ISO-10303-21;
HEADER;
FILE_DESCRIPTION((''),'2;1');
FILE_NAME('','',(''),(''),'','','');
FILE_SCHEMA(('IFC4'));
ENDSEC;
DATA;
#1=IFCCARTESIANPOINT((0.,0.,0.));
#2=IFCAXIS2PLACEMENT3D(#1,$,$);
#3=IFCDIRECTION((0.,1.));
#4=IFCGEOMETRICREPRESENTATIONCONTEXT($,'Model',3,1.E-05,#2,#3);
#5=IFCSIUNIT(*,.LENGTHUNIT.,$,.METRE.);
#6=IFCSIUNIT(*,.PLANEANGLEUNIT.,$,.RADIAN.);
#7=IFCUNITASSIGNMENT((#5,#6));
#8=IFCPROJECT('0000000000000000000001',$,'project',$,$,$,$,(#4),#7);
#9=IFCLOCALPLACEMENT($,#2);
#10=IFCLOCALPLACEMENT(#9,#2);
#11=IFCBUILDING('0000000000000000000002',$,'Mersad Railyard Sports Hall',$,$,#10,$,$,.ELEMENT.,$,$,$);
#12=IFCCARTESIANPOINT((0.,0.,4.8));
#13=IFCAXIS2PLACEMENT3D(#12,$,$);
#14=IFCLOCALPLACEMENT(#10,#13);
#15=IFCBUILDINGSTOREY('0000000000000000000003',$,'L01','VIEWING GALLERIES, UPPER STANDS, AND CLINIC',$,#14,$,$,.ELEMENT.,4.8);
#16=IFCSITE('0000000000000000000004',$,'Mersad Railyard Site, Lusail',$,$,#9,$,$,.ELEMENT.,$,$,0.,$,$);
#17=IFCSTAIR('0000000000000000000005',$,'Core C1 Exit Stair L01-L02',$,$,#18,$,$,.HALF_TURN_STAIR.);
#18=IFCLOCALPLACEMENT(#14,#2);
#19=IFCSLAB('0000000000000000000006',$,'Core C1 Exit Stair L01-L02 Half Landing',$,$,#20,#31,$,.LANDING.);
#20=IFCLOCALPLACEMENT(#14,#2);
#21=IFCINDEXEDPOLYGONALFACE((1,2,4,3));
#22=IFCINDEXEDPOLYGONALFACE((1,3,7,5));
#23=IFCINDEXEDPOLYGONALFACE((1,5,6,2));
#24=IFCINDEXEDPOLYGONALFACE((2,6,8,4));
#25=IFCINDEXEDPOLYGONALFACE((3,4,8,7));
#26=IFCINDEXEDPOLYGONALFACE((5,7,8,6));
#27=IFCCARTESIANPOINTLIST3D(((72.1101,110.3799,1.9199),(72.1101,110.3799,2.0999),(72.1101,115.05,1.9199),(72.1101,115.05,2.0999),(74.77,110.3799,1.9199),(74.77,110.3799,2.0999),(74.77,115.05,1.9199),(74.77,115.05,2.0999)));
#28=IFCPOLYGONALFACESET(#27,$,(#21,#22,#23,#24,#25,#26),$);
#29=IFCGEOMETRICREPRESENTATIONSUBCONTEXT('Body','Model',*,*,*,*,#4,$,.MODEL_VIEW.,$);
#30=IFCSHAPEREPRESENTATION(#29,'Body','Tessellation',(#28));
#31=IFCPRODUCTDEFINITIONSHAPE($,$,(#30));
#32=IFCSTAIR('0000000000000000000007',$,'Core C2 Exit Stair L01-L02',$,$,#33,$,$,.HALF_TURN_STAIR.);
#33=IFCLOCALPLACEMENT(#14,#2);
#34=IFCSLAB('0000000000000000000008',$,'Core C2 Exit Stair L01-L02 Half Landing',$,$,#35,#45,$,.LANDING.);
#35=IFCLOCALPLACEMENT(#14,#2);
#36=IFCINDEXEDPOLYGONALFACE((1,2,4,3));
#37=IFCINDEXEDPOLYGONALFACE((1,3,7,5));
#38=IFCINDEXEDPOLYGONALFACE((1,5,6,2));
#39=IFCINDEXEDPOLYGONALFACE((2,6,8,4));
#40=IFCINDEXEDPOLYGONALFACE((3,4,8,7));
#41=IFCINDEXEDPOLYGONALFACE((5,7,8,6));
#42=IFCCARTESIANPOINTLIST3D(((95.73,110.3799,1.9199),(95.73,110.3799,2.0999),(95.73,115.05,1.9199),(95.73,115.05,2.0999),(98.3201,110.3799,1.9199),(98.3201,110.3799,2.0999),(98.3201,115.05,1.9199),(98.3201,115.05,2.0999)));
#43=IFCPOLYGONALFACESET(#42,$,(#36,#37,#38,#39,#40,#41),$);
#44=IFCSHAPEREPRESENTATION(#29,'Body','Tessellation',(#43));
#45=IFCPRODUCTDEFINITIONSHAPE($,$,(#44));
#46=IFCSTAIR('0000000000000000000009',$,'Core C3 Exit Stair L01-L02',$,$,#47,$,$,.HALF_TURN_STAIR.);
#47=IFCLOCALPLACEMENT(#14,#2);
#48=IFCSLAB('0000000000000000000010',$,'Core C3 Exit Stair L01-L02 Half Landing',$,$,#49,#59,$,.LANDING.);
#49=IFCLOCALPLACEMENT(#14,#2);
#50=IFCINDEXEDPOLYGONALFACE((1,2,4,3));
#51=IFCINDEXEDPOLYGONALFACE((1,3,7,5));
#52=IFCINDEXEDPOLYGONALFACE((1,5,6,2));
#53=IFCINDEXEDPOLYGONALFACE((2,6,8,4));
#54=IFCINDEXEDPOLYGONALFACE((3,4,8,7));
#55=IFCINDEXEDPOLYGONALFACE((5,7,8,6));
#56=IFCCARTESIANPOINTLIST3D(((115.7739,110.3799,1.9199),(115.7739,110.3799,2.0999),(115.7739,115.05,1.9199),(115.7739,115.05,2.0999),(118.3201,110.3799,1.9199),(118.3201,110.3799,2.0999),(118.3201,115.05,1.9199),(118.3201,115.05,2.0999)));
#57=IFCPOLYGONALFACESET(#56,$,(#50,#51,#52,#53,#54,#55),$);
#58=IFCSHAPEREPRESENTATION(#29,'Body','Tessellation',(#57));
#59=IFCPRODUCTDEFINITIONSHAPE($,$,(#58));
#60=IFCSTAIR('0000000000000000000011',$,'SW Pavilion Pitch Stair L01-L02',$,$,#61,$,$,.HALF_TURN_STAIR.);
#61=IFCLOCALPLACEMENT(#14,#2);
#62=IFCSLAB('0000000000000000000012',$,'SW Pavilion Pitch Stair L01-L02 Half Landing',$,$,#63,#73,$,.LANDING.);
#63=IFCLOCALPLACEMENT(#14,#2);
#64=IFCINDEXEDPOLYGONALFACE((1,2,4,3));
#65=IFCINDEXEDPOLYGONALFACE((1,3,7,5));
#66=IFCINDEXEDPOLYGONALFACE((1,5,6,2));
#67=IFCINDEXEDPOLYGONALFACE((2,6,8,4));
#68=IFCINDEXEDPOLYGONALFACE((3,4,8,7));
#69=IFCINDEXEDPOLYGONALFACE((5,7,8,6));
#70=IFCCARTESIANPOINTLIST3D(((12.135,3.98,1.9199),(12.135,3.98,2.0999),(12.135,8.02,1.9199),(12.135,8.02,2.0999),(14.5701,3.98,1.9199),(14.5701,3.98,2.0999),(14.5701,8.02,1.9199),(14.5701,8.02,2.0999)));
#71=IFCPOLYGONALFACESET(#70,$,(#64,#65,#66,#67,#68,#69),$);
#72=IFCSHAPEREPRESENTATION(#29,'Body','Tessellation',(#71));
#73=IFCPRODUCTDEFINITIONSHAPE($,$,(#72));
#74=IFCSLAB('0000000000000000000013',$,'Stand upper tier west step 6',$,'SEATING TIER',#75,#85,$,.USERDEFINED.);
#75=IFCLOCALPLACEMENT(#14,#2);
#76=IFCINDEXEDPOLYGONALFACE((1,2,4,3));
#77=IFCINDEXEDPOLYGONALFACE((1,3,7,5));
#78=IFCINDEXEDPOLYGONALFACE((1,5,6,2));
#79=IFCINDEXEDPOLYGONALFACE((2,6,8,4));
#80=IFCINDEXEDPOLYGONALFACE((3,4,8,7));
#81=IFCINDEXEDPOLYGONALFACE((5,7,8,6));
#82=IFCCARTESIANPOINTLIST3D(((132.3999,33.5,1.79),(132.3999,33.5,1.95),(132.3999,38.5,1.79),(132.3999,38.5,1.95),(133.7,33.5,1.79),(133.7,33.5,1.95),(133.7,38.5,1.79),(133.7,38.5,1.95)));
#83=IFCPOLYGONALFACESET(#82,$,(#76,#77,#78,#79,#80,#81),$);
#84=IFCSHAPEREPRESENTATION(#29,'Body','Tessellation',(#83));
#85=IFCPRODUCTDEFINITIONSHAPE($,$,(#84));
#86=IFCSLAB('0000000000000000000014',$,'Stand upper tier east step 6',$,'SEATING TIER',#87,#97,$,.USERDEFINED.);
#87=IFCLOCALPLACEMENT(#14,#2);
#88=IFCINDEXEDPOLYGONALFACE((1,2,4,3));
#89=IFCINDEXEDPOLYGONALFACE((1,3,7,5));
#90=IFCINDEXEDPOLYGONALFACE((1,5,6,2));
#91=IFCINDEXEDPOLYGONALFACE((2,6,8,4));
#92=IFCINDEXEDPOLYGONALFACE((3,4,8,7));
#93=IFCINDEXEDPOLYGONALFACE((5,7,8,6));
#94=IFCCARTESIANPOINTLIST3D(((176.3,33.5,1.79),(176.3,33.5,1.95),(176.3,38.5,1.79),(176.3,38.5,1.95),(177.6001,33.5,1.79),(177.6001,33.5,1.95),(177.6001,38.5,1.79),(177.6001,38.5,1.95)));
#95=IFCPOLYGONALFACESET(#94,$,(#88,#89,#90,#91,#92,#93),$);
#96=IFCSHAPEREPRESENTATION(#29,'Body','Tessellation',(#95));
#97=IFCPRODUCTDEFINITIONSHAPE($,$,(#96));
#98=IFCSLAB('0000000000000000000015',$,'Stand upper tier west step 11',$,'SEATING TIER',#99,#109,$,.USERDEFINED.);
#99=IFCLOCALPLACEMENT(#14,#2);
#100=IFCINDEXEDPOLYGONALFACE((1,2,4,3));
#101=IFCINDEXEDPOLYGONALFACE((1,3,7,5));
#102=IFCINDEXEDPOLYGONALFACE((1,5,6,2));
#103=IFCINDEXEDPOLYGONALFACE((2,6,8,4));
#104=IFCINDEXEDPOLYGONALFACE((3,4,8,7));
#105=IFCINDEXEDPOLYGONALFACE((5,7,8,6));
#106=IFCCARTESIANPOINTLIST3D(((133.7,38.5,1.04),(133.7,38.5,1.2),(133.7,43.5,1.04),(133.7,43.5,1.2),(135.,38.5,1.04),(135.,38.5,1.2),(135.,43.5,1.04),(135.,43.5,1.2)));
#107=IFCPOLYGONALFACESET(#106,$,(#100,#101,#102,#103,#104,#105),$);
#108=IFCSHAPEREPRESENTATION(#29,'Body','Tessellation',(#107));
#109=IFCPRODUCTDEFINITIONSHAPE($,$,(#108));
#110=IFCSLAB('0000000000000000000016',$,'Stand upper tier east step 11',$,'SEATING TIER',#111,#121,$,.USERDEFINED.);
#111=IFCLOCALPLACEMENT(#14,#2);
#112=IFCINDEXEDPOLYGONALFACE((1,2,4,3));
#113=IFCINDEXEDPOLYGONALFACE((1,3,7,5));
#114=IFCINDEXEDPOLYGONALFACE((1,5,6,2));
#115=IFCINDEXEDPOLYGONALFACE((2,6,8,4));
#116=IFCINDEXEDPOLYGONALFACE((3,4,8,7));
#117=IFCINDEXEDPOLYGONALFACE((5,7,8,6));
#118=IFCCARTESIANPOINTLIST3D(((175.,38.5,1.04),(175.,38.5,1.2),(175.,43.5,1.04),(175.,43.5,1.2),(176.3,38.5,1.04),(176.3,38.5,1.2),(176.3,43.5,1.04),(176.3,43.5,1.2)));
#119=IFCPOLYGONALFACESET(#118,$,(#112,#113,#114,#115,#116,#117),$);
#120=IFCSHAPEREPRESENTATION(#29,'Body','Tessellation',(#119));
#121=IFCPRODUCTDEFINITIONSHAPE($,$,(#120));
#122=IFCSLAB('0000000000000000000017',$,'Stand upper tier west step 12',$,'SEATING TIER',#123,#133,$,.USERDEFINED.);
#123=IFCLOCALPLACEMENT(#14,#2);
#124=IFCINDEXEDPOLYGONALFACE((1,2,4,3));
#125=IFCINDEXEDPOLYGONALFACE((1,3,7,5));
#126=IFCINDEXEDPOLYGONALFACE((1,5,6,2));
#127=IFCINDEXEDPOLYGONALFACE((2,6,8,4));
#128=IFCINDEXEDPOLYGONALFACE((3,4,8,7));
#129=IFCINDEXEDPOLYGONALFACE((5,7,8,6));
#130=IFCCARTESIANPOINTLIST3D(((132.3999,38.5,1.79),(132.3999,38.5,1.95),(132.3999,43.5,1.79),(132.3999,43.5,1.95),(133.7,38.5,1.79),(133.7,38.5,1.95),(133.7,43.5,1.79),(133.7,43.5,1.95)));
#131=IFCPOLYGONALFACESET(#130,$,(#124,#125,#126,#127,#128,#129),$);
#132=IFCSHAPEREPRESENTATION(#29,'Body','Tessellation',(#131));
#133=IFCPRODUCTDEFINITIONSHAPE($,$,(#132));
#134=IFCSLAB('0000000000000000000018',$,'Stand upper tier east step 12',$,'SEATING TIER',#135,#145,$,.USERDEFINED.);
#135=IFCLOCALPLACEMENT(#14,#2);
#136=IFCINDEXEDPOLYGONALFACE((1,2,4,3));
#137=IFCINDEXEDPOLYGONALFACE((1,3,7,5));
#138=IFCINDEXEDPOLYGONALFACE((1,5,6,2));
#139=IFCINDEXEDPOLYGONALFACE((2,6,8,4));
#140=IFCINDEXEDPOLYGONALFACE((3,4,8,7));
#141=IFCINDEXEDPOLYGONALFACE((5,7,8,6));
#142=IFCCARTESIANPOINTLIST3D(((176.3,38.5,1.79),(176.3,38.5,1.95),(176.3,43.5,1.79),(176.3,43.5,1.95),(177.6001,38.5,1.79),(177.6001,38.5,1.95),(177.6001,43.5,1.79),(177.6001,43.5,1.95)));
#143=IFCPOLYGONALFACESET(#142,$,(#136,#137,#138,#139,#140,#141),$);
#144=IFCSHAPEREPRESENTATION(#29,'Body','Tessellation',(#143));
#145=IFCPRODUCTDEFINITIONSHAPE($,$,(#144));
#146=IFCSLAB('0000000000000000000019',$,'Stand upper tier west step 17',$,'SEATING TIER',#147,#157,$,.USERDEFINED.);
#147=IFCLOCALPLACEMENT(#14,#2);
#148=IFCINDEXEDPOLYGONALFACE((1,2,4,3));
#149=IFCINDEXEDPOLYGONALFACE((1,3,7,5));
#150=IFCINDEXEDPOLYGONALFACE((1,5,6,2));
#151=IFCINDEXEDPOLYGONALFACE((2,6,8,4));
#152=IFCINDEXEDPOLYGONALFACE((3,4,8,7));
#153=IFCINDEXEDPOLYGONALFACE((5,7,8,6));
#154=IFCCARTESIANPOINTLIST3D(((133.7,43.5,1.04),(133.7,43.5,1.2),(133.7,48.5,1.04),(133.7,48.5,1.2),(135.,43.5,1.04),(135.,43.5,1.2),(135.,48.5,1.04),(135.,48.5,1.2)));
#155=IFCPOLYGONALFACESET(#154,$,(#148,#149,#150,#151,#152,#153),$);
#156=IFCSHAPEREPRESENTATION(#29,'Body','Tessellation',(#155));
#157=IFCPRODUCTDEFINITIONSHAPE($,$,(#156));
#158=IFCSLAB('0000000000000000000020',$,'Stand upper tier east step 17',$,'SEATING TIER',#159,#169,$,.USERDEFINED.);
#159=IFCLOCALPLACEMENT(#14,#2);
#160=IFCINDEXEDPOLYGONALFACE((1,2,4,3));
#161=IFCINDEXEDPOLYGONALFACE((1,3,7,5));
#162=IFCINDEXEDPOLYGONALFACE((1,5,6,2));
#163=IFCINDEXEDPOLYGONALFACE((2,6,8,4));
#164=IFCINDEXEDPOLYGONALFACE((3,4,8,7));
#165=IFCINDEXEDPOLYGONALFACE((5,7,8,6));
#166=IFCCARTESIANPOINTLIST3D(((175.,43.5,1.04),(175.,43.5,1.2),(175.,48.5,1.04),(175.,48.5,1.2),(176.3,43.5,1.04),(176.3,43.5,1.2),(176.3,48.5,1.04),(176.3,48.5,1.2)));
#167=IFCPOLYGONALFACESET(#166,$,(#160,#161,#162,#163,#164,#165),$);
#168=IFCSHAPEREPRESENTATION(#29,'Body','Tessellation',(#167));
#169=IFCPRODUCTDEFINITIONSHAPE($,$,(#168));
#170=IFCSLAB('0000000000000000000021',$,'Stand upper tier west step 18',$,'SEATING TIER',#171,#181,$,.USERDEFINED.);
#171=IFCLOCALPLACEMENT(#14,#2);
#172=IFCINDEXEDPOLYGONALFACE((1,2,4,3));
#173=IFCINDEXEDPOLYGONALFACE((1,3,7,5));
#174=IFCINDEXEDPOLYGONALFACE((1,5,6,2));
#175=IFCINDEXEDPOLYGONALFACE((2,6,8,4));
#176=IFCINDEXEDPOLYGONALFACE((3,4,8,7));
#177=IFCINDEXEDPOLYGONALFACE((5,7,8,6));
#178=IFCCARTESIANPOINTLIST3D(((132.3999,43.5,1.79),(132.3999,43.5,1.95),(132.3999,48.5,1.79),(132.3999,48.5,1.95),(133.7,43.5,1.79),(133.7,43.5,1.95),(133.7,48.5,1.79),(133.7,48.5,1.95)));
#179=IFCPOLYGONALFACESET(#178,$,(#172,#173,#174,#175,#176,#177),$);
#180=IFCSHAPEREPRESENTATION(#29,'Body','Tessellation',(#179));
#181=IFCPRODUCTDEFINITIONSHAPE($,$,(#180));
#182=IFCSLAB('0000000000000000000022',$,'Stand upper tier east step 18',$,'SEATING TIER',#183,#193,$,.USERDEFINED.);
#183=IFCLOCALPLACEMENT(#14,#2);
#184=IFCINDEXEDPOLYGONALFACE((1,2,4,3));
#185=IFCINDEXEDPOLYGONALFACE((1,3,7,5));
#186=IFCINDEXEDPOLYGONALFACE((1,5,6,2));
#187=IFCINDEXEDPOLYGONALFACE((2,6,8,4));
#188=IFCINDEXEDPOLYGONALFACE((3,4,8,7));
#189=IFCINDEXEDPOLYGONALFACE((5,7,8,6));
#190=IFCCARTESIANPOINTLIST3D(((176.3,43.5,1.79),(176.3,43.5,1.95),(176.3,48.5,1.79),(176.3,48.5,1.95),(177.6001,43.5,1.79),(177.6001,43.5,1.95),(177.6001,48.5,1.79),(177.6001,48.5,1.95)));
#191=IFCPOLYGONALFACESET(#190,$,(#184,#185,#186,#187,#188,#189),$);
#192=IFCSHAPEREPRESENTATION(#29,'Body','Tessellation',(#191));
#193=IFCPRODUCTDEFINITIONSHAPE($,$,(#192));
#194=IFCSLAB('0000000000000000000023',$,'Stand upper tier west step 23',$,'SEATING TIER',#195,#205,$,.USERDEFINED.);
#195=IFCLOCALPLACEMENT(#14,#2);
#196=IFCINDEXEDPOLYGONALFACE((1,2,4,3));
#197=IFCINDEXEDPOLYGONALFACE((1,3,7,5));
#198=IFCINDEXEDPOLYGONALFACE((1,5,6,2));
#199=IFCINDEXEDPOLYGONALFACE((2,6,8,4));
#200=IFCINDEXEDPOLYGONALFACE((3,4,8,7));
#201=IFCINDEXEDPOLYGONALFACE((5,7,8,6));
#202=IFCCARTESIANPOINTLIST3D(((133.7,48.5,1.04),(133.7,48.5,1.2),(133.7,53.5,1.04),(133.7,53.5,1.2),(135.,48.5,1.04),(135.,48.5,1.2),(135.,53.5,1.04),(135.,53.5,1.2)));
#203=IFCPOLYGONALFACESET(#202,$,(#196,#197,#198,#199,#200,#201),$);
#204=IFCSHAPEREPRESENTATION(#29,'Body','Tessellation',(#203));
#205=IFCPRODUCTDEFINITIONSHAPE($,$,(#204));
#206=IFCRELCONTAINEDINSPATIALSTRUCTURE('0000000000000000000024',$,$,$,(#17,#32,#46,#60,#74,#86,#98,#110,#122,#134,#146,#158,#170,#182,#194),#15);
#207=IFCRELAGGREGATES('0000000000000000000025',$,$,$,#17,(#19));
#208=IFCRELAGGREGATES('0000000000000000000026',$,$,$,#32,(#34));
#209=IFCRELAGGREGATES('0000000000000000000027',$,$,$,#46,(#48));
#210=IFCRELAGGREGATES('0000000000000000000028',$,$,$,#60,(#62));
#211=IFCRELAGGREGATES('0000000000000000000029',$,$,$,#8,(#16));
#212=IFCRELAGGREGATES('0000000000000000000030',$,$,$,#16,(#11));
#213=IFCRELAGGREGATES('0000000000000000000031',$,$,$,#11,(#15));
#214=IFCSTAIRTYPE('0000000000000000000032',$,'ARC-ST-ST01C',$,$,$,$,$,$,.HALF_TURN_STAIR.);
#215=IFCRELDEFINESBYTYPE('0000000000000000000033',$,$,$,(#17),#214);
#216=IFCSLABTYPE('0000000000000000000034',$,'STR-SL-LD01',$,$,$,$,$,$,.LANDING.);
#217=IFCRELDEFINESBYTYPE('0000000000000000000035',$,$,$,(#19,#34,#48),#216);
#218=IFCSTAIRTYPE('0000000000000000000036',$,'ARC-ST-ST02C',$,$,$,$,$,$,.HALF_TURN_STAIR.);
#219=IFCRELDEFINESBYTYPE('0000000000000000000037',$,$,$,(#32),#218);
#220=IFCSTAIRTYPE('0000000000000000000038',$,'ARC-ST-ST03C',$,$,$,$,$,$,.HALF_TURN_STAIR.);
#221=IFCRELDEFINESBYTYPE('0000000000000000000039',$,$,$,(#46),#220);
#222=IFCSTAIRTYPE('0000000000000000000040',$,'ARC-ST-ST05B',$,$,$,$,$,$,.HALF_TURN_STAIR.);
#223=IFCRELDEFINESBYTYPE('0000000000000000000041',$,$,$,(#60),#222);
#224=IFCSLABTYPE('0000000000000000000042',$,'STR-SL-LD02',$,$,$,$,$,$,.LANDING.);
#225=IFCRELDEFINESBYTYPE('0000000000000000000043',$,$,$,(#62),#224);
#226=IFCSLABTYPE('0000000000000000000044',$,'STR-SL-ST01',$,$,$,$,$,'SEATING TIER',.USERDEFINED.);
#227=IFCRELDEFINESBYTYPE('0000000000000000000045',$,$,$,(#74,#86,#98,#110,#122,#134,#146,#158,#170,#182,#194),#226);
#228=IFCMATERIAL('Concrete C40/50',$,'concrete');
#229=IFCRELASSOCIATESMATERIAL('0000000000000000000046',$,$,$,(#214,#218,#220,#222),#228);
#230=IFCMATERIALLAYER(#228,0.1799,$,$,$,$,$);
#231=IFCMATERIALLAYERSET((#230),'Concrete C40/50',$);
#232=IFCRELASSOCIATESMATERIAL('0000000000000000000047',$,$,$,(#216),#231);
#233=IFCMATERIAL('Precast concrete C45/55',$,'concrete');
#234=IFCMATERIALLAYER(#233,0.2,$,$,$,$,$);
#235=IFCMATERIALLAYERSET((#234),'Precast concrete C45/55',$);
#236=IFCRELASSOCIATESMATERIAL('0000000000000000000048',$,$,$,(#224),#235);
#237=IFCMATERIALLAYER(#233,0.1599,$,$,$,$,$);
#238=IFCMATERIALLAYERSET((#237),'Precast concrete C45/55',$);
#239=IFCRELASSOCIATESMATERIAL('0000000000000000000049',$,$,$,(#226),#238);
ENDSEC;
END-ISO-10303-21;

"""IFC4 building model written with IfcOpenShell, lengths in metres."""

from ifc_helpers import new_model, si_unit, direction, frame, origin, place, context, subcontext, project, spatial, polyline, outline, extrude, material, layer, layer_set, type_object, element, aggregate, save


model = new_model("IFC4")

# Units and contexts
model_context = context("Model", 3, precision=1e-05, world=origin(), true_north=direction((0.0, 1.0)))
body_context = subcontext(model_context, "Body", "Model", "MODEL_VIEW")
ifc_project = project(units=[si_unit("LENGTHUNIT", "METRE"), si_unit("PLANEANGLEUNIT", "RADIAN")], contexts=[model_context])

# Site, building, storey
site_placement = place(None, origin())
site = spatial("IfcSite", under=ifc_project, at=site_placement, Name="Mersad Railyard Site, Lusail", CompositionType="ELEMENT", RefElevation=0.0)
building_placement = place(site_placement, origin())
building = spatial("IfcBuilding", under=site, at=building_placement, Name="Mersad Railyard Sports Hall", CompositionType="ELEMENT")
storey_placement = place(building_placement, frame((0.0, 0.0, 4.8)))
storey = spatial("IfcBuildingStorey", under=building, at=storey_placement, Name="L01", Description="VIEWING GALLERIES, UPPER STANDS, AND CLINIC", CompositionType="ELEMENT", Elevation=4.8)

# Stairs, slabs
ifc_material_1 = material(Name="Concrete C40/50", Category="concrete")
stair_type_1 = type_object("IfcStairType", Name="ARC-ST-ST01C", PredefinedType="HALF_TURN_STAIR", material=ifc_material_1)
stair_1_placement = place(storey_placement, origin())
stair_1 = element("IfcStair", 1, at=stair_1_placement, inside=storey, type_object=stair_type_1, Name="Core C1 Exit Stair L01-L02", PredefinedType="HALF_TURN_STAIR")
ifc_layer_1 = layer(ifc_material_1, 0.1799)
ifc_layer_set_1 = layer_set([ifc_layer_1], Name="Concrete C40/50")
slab_type_1 = type_object("IfcSlabType", Name="STR-SL-LD01", PredefinedType="LANDING", material=ifc_layer_set_1)
slab_1_placement = place(storey_placement, frame((0.0, 0.0, 1.9199)))
slab_1 = element("IfcSlab", 2, at=slab_1_placement, type_object=slab_type_1, Name="Core C1 Exit Stair L01-L02 Half Landing", PredefinedType="LANDING", context=body_context, shape_type="SweptSolid", body=[
    extrude(outline(polyline([(72.1101, 110.3799), (74.77, 110.3799), (74.77, 115.05), (72.1101, 115.05), (72.1101, 110.3799)])), origin(), (0.0, 0.0, 1.0), 0.1799),
])
aggregate(stair_1, [slab_1])
stair_type_2 = type_object("IfcStairType", Name="ARC-ST-ST02C", PredefinedType="HALF_TURN_STAIR", material=ifc_material_1)
stair_2_placement = place(storey_placement, origin())
stair_2 = element("IfcStair", 3, at=stair_2_placement, inside=storey, type_object=stair_type_2, Name="Core C2 Exit Stair L01-L02", PredefinedType="HALF_TURN_STAIR")
slab_2_placement = place(storey_placement, frame((0.0, 0.0, 1.9199)))
slab_2 = element("IfcSlab", 4, at=slab_2_placement, type_object=slab_type_1, Name="Core C2 Exit Stair L01-L02 Half Landing", PredefinedType="LANDING", context=body_context, shape_type="SweptSolid", body=[
    extrude(outline(polyline([(95.73, 110.3799), (98.3201, 110.3799), (98.3201, 115.05), (95.73, 115.05), (95.73, 110.3799)])), origin(), (0.0, 0.0, 1.0), 0.1799),
])
aggregate(stair_2, [slab_2])
stair_type_3 = type_object("IfcStairType", Name="ARC-ST-ST03C", PredefinedType="HALF_TURN_STAIR", material=ifc_material_1)
stair_3_placement = place(storey_placement, origin())
stair_3 = element("IfcStair", 5, at=stair_3_placement, inside=storey, type_object=stair_type_3, Name="Core C3 Exit Stair L01-L02", PredefinedType="HALF_TURN_STAIR")
slab_3_placement = place(storey_placement, frame((0.0, 0.0, 1.9199)))
slab_3 = element("IfcSlab", 6, at=slab_3_placement, type_object=slab_type_1, Name="Core C3 Exit Stair L01-L02 Half Landing", PredefinedType="LANDING", context=body_context, shape_type="SweptSolid", body=[
    extrude(outline(polyline([(115.7739, 110.3799), (118.3201, 110.3799), (118.3201, 115.05), (115.7739, 115.05), (115.7739, 110.3799)])), origin(), (0.0, 0.0, 1.0), 0.1799),
])
aggregate(stair_3, [slab_3])
stair_type_4 = type_object("IfcStairType", Name="ARC-ST-ST05B", PredefinedType="HALF_TURN_STAIR", material=ifc_material_1)
stair_4_placement = place(storey_placement, origin())
stair_4 = element("IfcStair", 7, at=stair_4_placement, inside=storey, type_object=stair_type_4, Name="SW Pavilion Pitch Stair L01-L02", PredefinedType="HALF_TURN_STAIR")
ifc_material_2 = material(Name="Precast concrete C45/55", Category="concrete")
ifc_layer_2 = layer(ifc_material_2, 0.2)
ifc_layer_set_2 = layer_set([ifc_layer_2], Name="Precast concrete C45/55")
slab_type_2 = type_object("IfcSlabType", Name="STR-SL-LD02", PredefinedType="LANDING", material=ifc_layer_set_2)
slab_4_placement = place(storey_placement, frame((0.0, 0.0, 1.9199)))
slab_4 = element("IfcSlab", 8, at=slab_4_placement, type_object=slab_type_2, Name="SW Pavilion Pitch Stair L01-L02 Half Landing", PredefinedType="LANDING", context=body_context, shape_type="SweptSolid", body=[
    extrude(outline(polyline([(12.135, 3.98), (14.5701, 3.98), (14.5701, 8.02), (12.135, 8.02), (12.135, 3.98)])), origin(), (0.0, 0.0, 1.0), 0.1799),
])
aggregate(stair_4, [slab_4])

# Slabs
ifc_layer_3 = layer(ifc_material_2, 0.1599)
ifc_layer_set_3 = layer_set([ifc_layer_3], Name="Precast concrete C45/55")
slab_type_3 = type_object("IfcSlabType", Name="STR-SL-ST01", ElementType="SEATING TIER", PredefinedType="USERDEFINED", material=ifc_layer_set_3)
slab_5_placement = place(storey_placement, frame((0.0, 0.0, 1.79)))
element("IfcSlab", 9, at=slab_5_placement, inside=storey, type_object=slab_type_3, Name="Stand upper tier west step 6", ObjectType="SEATING TIER", PredefinedType="USERDEFINED", context=body_context, shape_type="SweptSolid", body=[
    extrude(outline(polyline([(132.3999, 33.5), (133.7, 33.5), (133.7, 38.5), (132.3999, 38.5), (132.3999, 33.5)])), origin(), (0.0, 0.0, 1.0), 0.1599),
])
slab_6_placement = place(storey_placement, frame((0.0, 0.0, 1.79)))
element("IfcSlab", 10, at=slab_6_placement, inside=storey, type_object=slab_type_3, Name="Stand upper tier east step 6", ObjectType="SEATING TIER", PredefinedType="USERDEFINED", context=body_context, shape_type="SweptSolid", body=[
    extrude(outline(polyline([(176.3, 33.5), (177.6001, 33.5), (177.6001, 38.5), (176.3, 38.5), (176.3, 33.5)])), origin(), (0.0, 0.0, 1.0), 0.1599),
])
slab_7_placement = place(storey_placement, frame((0.0, 0.0, 1.04)))
element("IfcSlab", 11, at=slab_7_placement, inside=storey, type_object=slab_type_3, Name="Stand upper tier west step 11", ObjectType="SEATING TIER", PredefinedType="USERDEFINED", context=body_context, shape_type="SweptSolid", body=[
    extrude(outline(polyline([(133.7, 38.5), (135.0, 38.5), (135.0, 43.5), (133.7, 43.5), (133.7, 38.5)])), origin(), (0.0, 0.0, 1.0), 0.1599),
])
slab_8_placement = place(storey_placement, frame((0.0, 0.0, 1.04)))
element("IfcSlab", 12, at=slab_8_placement, inside=storey, type_object=slab_type_3, Name="Stand upper tier east step 11", ObjectType="SEATING TIER", PredefinedType="USERDEFINED", context=body_context, shape_type="SweptSolid", body=[
    extrude(outline(polyline([(175.0, 38.5), (176.3, 38.5), (176.3, 43.5), (175.0, 43.5), (175.0, 38.5)])), origin(), (0.0, 0.0, 1.0), 0.1599),
])
slab_9_placement = place(storey_placement, frame((0.0, 0.0, 1.79)))
element("IfcSlab", 13, at=slab_9_placement, inside=storey, type_object=slab_type_3, Name="Stand upper tier west step 12", ObjectType="SEATING TIER", PredefinedType="USERDEFINED", context=body_context, shape_type="SweptSolid", body=[
    extrude(outline(polyline([(132.3999, 38.5), (133.7, 38.5), (133.7, 43.5), (132.3999, 43.5), (132.3999, 38.5)])), origin(), (0.0, 0.0, 1.0), 0.1599),
])
slab_10_placement = place(storey_placement, frame((0.0, 0.0, 1.79)))
element("IfcSlab", 14, at=slab_10_placement, inside=storey, type_object=slab_type_3, Name="Stand upper tier east step 12", ObjectType="SEATING TIER", PredefinedType="USERDEFINED", context=body_context, shape_type="SweptSolid", body=[
    extrude(outline(polyline([(176.3, 38.5), (177.6001, 38.5), (177.6001, 43.5), (176.3, 43.5), (176.3, 38.5)])), origin(), (0.0, 0.0, 1.0), 0.1599),
])
slab_11_placement = place(storey_placement, frame((0.0, 0.0, 1.04)))
element("IfcSlab", 15, at=slab_11_placement, inside=storey, type_object=slab_type_3, Name="Stand upper tier west step 17", ObjectType="SEATING TIER", PredefinedType="USERDEFINED", context=body_context, shape_type="SweptSolid", body=[
    extrude(outline(polyline([(133.7, 43.5), (135.0, 43.5), (135.0, 48.5), (133.7, 48.5), (133.7, 43.5)])), origin(), (0.0, 0.0, 1.0), 0.1599),
])
slab_12_placement = place(storey_placement, frame((0.0, 0.0, 1.04)))
element("IfcSlab", 16, at=slab_12_placement, inside=storey, type_object=slab_type_3, Name="Stand upper tier east step 17", ObjectType="SEATING TIER", PredefinedType="USERDEFINED", context=body_context, shape_type="SweptSolid", body=[
    extrude(outline(polyline([(175.0, 43.5), (176.3, 43.5), (176.3, 48.5), (175.0, 48.5), (175.0, 43.5)])), origin(), (0.0, 0.0, 1.0), 0.1599),
])
slab_13_placement = place(storey_placement, frame((0.0, 0.0, 1.79)))
element("IfcSlab", 17, at=slab_13_placement, inside=storey, type_object=slab_type_3, Name="Stand upper tier west step 18", ObjectType="SEATING TIER", PredefinedType="USERDEFINED", context=body_context, shape_type="SweptSolid", body=[
    extrude(outline(polyline([(132.3999, 43.5), (133.7, 43.5), (133.7, 48.5), (132.3999, 48.5), (132.3999, 43.5)])), origin(), (0.0, 0.0, 1.0), 0.1599),
])
slab_14_placement = place(storey_placement, frame((0.0, 0.0, 1.79)))
element("IfcSlab", 18, at=slab_14_placement, inside=storey, type_object=slab_type_3, Name="Stand upper tier east step 18", ObjectType="SEATING TIER", PredefinedType="USERDEFINED", context=body_context, shape_type="SweptSolid", body=[
    extrude(outline(polyline([(176.3, 43.5), (177.6001, 43.5), (177.6001, 48.5), (176.3, 48.5), (176.3, 43.5)])), origin(), (0.0, 0.0, 1.0), 0.1599),
])
slab_15_placement = place(storey_placement, frame((0.0, 0.0, 1.04)))
element("IfcSlab", 19, at=slab_15_placement, inside=storey, type_object=slab_type_3, Name="Stand upper tier west step 23", ObjectType="SEATING TIER", PredefinedType="USERDEFINED", context=body_context, shape_type="SweptSolid", body=[
    extrude(outline(polyline([(133.7, 48.5), (135.0, 48.5), (135.0, 53.5), (133.7, 53.5), (133.7, 48.5)])), origin(), (0.0, 0.0, 1.0), 0.1599),
])

save(model, "model.ifc")
